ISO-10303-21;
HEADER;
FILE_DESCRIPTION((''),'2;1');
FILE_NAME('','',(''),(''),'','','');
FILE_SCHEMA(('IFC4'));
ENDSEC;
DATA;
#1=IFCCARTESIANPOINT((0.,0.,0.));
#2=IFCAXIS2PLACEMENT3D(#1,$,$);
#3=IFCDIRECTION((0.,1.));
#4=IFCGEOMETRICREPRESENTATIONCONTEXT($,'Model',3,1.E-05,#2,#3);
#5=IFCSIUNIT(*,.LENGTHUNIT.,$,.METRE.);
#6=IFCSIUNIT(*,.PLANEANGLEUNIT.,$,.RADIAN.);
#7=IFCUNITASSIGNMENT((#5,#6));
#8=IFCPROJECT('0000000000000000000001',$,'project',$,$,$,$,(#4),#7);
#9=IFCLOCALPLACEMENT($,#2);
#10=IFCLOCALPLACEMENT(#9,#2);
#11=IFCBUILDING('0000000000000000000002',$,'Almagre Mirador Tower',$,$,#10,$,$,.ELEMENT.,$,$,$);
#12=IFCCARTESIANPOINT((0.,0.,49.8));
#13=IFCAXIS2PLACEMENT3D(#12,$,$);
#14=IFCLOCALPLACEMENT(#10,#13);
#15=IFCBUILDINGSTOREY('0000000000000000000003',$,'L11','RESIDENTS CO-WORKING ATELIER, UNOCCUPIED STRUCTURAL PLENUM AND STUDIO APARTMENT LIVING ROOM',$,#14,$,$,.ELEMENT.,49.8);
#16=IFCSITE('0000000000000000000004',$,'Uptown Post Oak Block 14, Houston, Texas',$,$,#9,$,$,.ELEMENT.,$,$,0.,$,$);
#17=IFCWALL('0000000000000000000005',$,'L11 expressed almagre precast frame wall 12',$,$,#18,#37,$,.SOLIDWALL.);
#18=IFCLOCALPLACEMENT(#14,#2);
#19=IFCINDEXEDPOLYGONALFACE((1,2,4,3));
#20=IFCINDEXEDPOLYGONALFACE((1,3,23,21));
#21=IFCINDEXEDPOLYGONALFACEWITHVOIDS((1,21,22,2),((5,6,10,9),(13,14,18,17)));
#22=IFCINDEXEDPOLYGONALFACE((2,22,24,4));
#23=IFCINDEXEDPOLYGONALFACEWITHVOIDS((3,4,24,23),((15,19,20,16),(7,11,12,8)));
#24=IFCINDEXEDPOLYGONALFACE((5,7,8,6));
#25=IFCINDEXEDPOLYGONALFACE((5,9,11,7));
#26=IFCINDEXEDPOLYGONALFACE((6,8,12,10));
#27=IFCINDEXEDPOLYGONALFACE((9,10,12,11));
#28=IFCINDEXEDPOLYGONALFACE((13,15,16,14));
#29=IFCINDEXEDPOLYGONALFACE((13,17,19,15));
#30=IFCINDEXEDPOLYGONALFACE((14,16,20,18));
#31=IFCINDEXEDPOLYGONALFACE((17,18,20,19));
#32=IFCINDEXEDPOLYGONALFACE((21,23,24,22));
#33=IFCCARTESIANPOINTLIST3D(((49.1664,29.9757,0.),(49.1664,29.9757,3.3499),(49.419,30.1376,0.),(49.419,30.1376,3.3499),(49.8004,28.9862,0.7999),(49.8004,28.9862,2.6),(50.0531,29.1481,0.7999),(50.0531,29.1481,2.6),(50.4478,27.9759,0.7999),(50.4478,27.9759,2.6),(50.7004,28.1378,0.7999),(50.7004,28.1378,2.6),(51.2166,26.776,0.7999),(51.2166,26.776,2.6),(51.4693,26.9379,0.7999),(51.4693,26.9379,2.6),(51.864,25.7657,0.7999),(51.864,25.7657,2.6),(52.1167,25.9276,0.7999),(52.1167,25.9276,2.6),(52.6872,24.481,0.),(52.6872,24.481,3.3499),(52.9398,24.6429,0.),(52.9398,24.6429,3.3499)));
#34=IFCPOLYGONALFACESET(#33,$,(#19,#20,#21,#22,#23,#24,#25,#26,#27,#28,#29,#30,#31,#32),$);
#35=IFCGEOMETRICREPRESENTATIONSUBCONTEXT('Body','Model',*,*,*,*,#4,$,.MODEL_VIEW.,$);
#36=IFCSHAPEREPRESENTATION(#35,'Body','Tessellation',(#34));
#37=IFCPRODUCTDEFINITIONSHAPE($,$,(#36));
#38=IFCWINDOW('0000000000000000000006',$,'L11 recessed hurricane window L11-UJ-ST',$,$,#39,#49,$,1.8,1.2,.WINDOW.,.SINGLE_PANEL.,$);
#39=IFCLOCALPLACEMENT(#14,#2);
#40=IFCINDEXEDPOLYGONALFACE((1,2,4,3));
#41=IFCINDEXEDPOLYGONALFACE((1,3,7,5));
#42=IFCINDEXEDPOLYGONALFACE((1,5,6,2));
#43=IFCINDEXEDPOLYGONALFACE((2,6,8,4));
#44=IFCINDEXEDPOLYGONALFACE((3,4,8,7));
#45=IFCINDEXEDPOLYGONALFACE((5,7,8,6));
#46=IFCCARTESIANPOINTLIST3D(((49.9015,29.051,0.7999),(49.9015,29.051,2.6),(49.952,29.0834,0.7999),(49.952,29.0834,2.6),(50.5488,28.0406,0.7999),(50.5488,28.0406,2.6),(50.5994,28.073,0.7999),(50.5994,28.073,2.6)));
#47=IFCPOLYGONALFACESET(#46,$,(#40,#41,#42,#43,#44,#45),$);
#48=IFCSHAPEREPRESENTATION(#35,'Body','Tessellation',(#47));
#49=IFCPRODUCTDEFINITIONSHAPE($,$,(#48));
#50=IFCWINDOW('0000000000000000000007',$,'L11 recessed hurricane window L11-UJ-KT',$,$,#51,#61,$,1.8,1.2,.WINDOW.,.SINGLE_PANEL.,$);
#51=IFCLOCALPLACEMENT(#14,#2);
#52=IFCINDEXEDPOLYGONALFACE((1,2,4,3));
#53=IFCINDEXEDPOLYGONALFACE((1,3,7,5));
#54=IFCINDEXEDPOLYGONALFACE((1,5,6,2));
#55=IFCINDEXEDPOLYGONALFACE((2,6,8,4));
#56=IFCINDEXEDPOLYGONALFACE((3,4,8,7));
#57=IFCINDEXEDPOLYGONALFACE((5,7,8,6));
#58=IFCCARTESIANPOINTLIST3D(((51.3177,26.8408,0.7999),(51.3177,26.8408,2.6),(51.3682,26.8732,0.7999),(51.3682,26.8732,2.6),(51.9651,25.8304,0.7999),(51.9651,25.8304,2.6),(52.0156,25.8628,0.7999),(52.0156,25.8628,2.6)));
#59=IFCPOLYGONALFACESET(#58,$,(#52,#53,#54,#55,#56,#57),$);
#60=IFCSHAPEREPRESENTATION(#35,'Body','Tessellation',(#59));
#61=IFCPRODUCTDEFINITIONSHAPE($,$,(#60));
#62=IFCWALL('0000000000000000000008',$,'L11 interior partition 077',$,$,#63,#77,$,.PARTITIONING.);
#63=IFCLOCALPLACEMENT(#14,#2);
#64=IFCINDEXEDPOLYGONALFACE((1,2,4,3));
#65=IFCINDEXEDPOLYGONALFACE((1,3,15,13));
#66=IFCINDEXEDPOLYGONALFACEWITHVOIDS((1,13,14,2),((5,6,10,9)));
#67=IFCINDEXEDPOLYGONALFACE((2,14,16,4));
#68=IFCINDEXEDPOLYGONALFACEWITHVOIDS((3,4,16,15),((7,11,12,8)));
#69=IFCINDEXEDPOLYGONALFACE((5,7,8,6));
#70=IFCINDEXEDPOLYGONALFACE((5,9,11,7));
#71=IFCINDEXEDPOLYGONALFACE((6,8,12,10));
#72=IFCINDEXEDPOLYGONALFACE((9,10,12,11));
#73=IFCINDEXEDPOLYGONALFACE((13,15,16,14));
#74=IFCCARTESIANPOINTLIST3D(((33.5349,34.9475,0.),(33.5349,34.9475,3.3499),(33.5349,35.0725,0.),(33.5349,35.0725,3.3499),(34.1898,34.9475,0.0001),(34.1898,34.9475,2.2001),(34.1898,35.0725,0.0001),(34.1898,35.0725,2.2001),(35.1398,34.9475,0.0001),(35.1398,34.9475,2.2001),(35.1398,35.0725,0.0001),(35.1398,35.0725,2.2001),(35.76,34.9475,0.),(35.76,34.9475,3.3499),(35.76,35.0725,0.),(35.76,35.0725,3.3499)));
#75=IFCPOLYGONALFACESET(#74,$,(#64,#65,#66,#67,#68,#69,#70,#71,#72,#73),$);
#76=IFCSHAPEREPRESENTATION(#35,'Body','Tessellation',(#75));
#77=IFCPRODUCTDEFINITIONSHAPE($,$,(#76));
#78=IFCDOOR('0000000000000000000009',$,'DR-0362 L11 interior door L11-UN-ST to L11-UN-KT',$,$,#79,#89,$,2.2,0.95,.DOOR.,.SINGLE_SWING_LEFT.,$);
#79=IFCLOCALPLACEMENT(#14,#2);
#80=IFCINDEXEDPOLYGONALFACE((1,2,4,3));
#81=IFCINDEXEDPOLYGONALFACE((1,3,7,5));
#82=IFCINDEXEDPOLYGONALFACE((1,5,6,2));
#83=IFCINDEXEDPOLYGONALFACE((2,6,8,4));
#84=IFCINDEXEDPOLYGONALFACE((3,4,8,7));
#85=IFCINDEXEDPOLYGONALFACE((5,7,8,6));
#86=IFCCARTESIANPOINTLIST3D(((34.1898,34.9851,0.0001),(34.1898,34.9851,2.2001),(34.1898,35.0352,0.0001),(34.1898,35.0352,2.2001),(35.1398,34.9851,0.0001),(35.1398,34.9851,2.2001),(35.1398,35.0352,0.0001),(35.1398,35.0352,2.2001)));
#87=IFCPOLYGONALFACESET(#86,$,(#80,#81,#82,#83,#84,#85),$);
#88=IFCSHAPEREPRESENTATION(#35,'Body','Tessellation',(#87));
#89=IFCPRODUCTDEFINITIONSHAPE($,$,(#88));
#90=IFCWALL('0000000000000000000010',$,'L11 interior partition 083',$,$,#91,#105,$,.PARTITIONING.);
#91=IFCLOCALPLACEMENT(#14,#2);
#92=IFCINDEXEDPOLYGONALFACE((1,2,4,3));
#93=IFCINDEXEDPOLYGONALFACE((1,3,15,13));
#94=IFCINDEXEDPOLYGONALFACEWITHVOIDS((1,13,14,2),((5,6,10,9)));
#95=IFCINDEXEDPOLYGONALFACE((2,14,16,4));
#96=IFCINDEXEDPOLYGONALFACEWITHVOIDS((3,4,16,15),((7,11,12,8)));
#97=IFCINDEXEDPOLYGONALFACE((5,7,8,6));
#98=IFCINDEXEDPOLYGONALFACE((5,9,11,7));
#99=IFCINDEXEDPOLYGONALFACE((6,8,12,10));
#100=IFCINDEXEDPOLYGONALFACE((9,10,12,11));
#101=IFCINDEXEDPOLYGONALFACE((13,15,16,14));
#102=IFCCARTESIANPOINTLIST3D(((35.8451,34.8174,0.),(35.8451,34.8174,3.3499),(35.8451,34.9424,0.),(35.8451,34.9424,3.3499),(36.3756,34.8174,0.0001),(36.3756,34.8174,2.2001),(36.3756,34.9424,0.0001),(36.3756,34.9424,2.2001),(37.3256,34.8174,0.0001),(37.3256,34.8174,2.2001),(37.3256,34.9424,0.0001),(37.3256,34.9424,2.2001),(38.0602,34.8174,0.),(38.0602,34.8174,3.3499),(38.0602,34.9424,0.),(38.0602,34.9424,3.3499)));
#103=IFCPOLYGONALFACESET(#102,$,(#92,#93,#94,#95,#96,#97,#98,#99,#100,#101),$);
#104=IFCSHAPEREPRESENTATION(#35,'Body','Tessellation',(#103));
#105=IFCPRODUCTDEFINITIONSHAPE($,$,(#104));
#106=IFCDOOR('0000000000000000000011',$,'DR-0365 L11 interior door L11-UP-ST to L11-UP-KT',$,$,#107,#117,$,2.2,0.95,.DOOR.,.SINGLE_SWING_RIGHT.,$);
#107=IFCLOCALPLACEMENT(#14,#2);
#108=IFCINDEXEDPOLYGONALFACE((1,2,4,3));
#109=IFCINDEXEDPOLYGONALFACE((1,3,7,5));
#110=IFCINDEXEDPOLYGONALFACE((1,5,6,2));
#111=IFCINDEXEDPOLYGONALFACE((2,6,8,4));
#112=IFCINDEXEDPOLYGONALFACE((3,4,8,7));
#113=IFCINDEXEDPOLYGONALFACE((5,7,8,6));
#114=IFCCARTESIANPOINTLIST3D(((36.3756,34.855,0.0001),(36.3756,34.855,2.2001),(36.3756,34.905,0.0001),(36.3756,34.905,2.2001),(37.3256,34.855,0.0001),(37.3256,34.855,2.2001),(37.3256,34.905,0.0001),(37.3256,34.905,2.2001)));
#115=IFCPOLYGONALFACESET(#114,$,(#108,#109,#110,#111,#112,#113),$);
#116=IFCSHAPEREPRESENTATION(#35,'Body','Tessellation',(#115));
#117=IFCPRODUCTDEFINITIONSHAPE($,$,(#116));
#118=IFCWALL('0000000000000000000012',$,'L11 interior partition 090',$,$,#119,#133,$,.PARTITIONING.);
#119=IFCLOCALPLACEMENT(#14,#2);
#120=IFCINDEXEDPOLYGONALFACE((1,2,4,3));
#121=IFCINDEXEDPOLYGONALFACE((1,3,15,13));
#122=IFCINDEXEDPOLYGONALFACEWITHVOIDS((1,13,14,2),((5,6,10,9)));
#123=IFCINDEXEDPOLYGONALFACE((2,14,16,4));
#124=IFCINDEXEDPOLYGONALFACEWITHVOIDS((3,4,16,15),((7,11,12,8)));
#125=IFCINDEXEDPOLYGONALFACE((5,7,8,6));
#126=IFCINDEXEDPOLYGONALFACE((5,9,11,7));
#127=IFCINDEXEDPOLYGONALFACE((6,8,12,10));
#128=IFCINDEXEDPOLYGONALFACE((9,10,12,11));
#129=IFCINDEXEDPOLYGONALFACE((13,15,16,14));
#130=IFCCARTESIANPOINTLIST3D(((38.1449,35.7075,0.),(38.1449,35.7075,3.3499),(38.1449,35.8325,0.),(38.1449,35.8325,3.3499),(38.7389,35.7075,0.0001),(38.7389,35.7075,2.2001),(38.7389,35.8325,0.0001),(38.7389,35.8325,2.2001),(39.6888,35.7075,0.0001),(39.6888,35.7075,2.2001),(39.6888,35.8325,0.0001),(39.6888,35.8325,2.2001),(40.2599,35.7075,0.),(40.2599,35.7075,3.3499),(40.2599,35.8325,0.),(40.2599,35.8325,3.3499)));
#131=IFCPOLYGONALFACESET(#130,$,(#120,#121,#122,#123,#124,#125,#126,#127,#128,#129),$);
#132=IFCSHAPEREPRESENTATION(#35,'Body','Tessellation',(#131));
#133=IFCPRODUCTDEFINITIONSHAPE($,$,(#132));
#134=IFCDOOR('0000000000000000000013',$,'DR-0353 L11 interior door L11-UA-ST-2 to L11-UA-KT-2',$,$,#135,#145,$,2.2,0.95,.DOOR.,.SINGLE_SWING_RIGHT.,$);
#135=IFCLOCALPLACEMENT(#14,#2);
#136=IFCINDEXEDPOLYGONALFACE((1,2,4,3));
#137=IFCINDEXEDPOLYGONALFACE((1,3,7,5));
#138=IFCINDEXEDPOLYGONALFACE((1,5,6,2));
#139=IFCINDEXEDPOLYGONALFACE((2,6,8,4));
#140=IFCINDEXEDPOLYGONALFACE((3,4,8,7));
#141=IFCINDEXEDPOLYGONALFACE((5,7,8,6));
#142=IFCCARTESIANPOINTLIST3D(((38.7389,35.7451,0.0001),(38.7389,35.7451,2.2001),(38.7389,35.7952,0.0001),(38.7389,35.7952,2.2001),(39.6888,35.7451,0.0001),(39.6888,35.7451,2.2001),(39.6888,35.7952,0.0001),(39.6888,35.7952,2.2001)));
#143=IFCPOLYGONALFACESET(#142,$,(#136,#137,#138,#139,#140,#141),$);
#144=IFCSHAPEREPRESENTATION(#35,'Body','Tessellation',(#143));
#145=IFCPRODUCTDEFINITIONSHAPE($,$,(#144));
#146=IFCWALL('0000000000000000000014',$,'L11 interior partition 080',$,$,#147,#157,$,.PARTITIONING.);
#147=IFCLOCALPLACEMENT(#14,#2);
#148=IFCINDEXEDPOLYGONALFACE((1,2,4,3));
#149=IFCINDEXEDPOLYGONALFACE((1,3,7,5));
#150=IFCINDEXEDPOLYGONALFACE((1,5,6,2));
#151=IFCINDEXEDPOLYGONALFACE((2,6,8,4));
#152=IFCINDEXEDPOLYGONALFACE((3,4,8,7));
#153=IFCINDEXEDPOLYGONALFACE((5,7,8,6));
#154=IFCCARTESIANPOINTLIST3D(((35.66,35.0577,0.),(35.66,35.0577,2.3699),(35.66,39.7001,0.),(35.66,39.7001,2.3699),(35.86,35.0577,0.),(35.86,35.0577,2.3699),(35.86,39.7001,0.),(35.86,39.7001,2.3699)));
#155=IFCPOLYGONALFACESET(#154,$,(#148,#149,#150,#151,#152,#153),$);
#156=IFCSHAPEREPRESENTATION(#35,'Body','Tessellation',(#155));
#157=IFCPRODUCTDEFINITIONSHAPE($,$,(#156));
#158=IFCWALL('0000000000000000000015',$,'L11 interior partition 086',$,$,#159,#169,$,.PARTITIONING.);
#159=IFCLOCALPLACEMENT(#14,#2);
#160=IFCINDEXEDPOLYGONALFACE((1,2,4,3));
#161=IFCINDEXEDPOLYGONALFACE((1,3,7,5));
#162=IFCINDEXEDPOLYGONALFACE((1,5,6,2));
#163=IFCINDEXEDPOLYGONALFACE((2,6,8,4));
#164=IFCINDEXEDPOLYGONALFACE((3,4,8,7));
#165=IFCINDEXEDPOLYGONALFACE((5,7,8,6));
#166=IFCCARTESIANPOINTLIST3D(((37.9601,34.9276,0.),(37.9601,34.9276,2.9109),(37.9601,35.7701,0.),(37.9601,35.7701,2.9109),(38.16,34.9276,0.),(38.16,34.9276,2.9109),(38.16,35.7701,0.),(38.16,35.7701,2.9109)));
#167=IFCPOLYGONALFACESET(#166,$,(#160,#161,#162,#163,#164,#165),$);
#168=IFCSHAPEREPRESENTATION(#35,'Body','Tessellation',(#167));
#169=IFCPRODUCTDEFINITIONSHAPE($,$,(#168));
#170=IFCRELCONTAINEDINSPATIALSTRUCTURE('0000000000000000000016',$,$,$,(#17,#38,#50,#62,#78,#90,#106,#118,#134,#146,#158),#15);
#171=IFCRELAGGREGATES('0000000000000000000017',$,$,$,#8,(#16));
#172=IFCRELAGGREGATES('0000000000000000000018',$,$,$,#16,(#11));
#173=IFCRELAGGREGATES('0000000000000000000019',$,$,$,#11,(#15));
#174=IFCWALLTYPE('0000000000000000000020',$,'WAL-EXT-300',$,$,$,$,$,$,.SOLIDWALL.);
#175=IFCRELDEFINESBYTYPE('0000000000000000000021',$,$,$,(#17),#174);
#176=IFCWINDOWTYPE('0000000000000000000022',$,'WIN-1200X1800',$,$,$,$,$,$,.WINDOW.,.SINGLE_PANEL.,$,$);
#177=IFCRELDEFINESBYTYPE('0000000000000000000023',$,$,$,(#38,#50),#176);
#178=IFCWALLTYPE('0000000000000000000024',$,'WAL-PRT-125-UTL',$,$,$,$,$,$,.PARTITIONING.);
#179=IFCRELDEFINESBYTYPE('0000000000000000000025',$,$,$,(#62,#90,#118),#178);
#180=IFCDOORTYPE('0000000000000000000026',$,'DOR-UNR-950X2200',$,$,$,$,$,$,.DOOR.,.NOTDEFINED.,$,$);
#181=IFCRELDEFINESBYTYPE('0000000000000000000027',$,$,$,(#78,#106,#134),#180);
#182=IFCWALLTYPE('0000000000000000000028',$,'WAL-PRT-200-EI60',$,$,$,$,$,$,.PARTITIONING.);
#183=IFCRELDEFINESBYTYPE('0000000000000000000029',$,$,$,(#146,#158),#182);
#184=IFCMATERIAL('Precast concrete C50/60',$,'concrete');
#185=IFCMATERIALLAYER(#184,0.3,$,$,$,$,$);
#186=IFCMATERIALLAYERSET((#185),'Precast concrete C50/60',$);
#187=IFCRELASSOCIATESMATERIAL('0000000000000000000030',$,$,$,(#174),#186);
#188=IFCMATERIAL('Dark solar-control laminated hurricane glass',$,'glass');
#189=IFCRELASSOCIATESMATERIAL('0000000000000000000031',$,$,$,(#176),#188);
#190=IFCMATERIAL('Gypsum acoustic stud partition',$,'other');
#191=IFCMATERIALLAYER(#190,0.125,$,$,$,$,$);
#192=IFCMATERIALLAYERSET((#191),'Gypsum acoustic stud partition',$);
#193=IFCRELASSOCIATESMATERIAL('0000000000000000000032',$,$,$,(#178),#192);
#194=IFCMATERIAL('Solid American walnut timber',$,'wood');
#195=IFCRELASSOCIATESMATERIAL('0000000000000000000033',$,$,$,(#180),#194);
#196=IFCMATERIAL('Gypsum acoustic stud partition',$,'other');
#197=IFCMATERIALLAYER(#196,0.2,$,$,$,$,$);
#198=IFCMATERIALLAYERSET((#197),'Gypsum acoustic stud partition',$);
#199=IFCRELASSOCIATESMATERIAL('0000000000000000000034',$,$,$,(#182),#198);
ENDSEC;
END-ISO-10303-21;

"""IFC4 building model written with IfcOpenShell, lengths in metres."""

from ifc_helpers import new_model, si_unit, direction, frame, frame_2d, origin, place, context, subcontext, project, spatial, rectangle, extrude, material, layer, layer_set, type_object, element, fill, save


model = new_model("IFC4")

# Units and contexts
model_context = context("Model", 3, precision=1e-05, world=origin(), true_north=direction((0.0, 1.0)))
body_context = subcontext(model_context, "Body", "Model", "MODEL_VIEW")
ifc_project = project(units=[si_unit("LENGTHUNIT", "METRE"), si_unit("PLANEANGLEUNIT", "RADIAN")], contexts=[model_context])

# Site, building, storey
site_placement = place(None, origin())
site = spatial("IfcSite", under=ifc_project, at=site_placement, Name="Uptown Post Oak Block 14, Houston, Texas", CompositionType="ELEMENT", RefElevation=0.0)
building_placement = place(site_placement, origin())
building = spatial("IfcBuilding", under=site, at=building_placement, Name="Almagre Mirador Tower", CompositionType="ELEMENT")
storey_placement = place(building_placement, frame((0.0, 0.0, 49.8)))
storey = spatial("IfcBuildingStorey", under=building, at=storey_placement, Name="L11", Description="RESIDENTS CO-WORKING ATELIER, UNOCCUPIED STRUCTURAL PLENUM AND STUDIO APARTMENT LIVING ROOM", CompositionType="ELEMENT", Elevation=49.8)

# Wall, openings, windows
ifc_material_1 = material(Name="Precast concrete C50/60", Category="concrete")
ifc_layer_1 = layer(ifc_material_1, 0.3)
ifc_layer_set_1 = layer_set([ifc_layer_1], Name="Precast concrete C50/60")
wall_type_1 = type_object("IfcWallType", Name="WAL-EXT-300", PredefinedType="SOLIDWALL", material=ifc_layer_set_1)
ifc_material_2 = material(Name="Dark solar-control laminated hurricane glass", Category="glass")
window_type_1 = type_object("IfcWindowType", Name="WIN-1200X1800", PartitioningType="SINGLE_PANEL", PredefinedType="WINDOW", material=ifc_material_2)
wall_1_placement = place(storey_placement, frame((49.2927, 30.0566, 0.0), z_axis=(0.0, 0.0, 1.0), x_axis=(0.539509, -0.84198, 0.0)))
wall_1 = element("IfcWall", 1, at=wall_1_placement, inside=storey, type_object=wall_type_1, Name="L11 expressed almagre precast frame wall 12", PredefinedType="SOLIDWALL", context=body_context, shape_type="SweptSolid", body=[
    extrude(rectangle(XDim=6.5259, YDim=0.3, at=frame_2d((3.2629, 0.0))), origin(), (0.0, 0.0, 1.0), 3.3499),
])
opening_1_placement = place(wall_1_placement, frame((1.175, 0.0, 0.8)))
opening_1 = element("IfcOpeningElement", 2, at=opening_1_placement, cuts=wall_1, PredefinedType="OPENING", context=body_context, shape_type="SweptSolid", body=[
    extrude(rectangle(XDim=1.2, YDim=1.8, at=frame_2d((0.6001, 0.8999))), frame((0.0, 0.1599, 0.0), z_axis=(0.0, -1.0, 0.0), x_axis=(1.0, 0.0, 0.0)), (0.0, 0.0, 1.0), 0.32),
])
opening_2_placement = place(wall_1_placement, frame((3.8, 0.0, 0.8)))
opening_2 = element("IfcOpeningElement", 3, at=opening_2_placement, cuts=wall_1, PredefinedType="OPENING", context=body_context, shape_type="SweptSolid", body=[
    extrude(rectangle(XDim=1.2, YDim=1.8, at=frame_2d((0.6001, 0.8999))), frame((0.0, 0.1599, 0.0), z_axis=(0.0, -1.0, 0.0), x_axis=(1.0, 0.0, 0.0)), (0.0, 0.0, 1.0), 0.32),
])
window_1_placement = place(opening_1_placement, origin())
window_1 = element("IfcWindow", 4, at=window_1_placement, inside=storey, type_object=window_type_1, Name="L11 recessed hurricane window L11-UJ-ST", OverallHeight=1.8, OverallWidth=1.2, PartitioningType="SINGLE_PANEL", PredefinedType="WINDOW", context=body_context, shape_type="SweptSolid", body=[
    extrude(rectangle(XDim=1.2, YDim=1.8, at=frame_2d((0.6001, 0.8999))), frame((0.0, 0.03, 0.0), z_axis=(0.0, -1.0, 0.0), x_axis=(1.0, 0.0, 0.0)), (0.0, 0.0, 1.0), 0.0601),
])
fill(opening_1, window_1)
window_2_placement = place(opening_2_placement, origin())
window_2 = element("IfcWindow", 5, at=window_2_placement, inside=storey, type_object=window_type_1, Name="L11 recessed hurricane window L11-UJ-KT", OverallHeight=1.8, OverallWidth=1.2, PartitioningType="SINGLE_PANEL", PredefinedType="WINDOW", context=body_context, shape_type="SweptSolid", body=[
    extrude(rectangle(XDim=1.2, YDim=1.8, at=frame_2d((0.6001, 0.8999))), frame((0.0, 0.03, 0.0), z_axis=(0.0, -1.0, 0.0), x_axis=(1.0, 0.0, 0.0)), (0.0, 0.0, 1.0), 0.0601),
])
fill(opening_2, window_2)

# Walls, openings, doors
ifc_material_3 = material(Name="Gypsum acoustic stud partition", Category="other")
ifc_layer_2 = layer(ifc_material_3, 0.125)
ifc_layer_set_2 = layer_set([ifc_layer_2], Name="Gypsum acoustic stud partition")
wall_type_2 = type_object("IfcWallType", Name="WAL-PRT-125-UTL", PredefinedType="PARTITIONING", material=ifc_layer_set_2)
wall_2_placement = place(storey_placement, frame((35.76, 35.01, 0.0), z_axis=(0.0, 0.0, 1.0), x_axis=(-1.0, 0.0, 0.0)))
wall_2 = element("IfcWall", 6, at=wall_2_placement, inside=storey, type_object=wall_type_2, Name="L11 interior partition 077", PredefinedType="PARTITIONING", context=body_context, shape_type="SweptSolid", body=[
    extrude(rectangle(XDim=2.2251, YDim=0.125, at=frame_2d((1.1125, 0.0))), origin(), (0.0, 0.0, 1.0), 3.3499),
])
opening_3_placement = place(wall_2_placement, frame((0.6201, 0.0, 0.0)))
opening_3 = element("IfcOpeningElement", 7, at=opening_3_placement, cuts=wall_2, PredefinedType="OPENING", context=body_context, shape_type="SweptSolid", body=[
    extrude(rectangle(XDim=0.95, YDim=2.2, at=frame_2d((0.4751, 1.1001))), frame((0.0, 0.0725, 0.0), z_axis=(0.0, -1.0, 0.0), x_axis=(1.0, 0.0, 0.0)), (0.0, 0.0, 1.0), 0.145),
])
ifc_material_4 = material(Name="Solid American walnut timber", Category="wood")
door_type = type_object("IfcDoorType", Name="DOR-UNR-950X2200", OperationType="NOTDEFINED", PredefinedType="DOOR", material=ifc_material_4)
door_1_placement = place(opening_3_placement, origin())
door_1 = element("IfcDoor", 8, at=door_1_placement, inside=storey, type_object=door_type, Name="DR-0362 L11 interior door L11-UN-ST to L11-UN-KT", OperationType="SINGLE_SWING_LEFT", OverallHeight=2.2, OverallWidth=0.95, PredefinedType="DOOR", context=body_context, shape_type="SweptSolid", body=[
    extrude(rectangle(XDim=0.95, YDim=2.2, at=frame_2d((0.4751, 1.1001))), frame((0.0, 0.0249, 0.0), z_axis=(0.0, -1.0, 0.0), x_axis=(1.0, 0.0, 0.0)), (0.0, 0.0, 1.0), 0.05),
])
fill(opening_3, door_1)
wall_3_placement = place(storey_placement, frame((38.0601, 34.8799, 0.0), z_axis=(0.0, 0.0, 1.0), x_axis=(-1.0, 0.0, 0.0)))
wall_3 = element("IfcWall", 9, at=wall_3_placement, inside=storey, type_object=wall_type_2, Name="L11 interior partition 083", PredefinedType="PARTITIONING", context=body_context, shape_type="SweptSolid", body=[
    extrude(rectangle(XDim=2.2151, YDim=0.125, at=frame_2d((1.1074, 0.0))), origin(), (0.0, 0.0, 1.0), 3.3499),
])
opening_4_placement = place(wall_3_placement, frame((0.7344, 0.0, 0.0)))
opening_4 = element("IfcOpeningElement", 10, at=opening_4_placement, cuts=wall_3, PredefinedType="OPENING", context=body_context, shape_type="SweptSolid", body=[
    extrude(rectangle(XDim=0.95, YDim=2.2, at=frame_2d((0.4751, 1.1001))), frame((0.0, 0.0725, 0.0), z_axis=(0.0, -1.0, 0.0), x_axis=(1.0, 0.0, 0.0)), (0.0, 0.0, 1.0), 0.145),
])
door_2_placement = place(opening_4_placement, origin())
door_2 = element("IfcDoor", 11, at=door_2_placement, inside=storey, type_object=door_type, Name="DR-0365 L11 interior door L11-UP-ST to L11-UP-KT", OperationType="SINGLE_SWING_RIGHT", OverallHeight=2.2, OverallWidth=0.95, PredefinedType="DOOR", context=body_context, shape_type="SweptSolid", body=[
    extrude(rectangle(XDim=0.95, YDim=2.2, at=frame_2d((0.4751, 1.1001))), frame((0.0, 0.0249, 0.0), z_axis=(0.0, -1.0, 0.0), x_axis=(1.0, 0.0, 0.0)), (0.0, 0.0, 1.0), 0.05),
])
fill(opening_4, door_2)
wall_4_placement = place(storey_placement, frame((40.26, 35.77, 0.0), z_axis=(0.0, 0.0, 1.0), x_axis=(-1.0, 0.0, 0.0)))
wall_4 = element("IfcWall", 12, at=wall_4_placement, inside=storey, type_object=wall_type_2, Name="L11 interior partition 090", PredefinedType="PARTITIONING", context=body_context, shape_type="SweptSolid", body=[
    extrude(rectangle(XDim=2.115, YDim=0.125, at=frame_2d((1.0576, 0.0))), origin(), (0.0, 0.0, 1.0), 3.3499),
])
opening_5_placement = place(wall_4_placement, frame((0.571, 0.0, 0.0)))
opening_5 = element("IfcOpeningElement", 13, at=opening_5_placement, cuts=wall_4, PredefinedType="OPENING", context=body_context, shape_type="SweptSolid", body=[
    extrude(rectangle(XDim=0.95, YDim=2.2, at=frame_2d((0.4751, 1.1001))), frame((0.0, 0.0725, 0.0), z_axis=(0.0, -1.0, 0.0), x_axis=(1.0, 0.0, 0.0)), (0.0, 0.0, 1.0), 0.145),
])
door_3_placement = place(opening_5_placement, origin())
door_3 = element("IfcDoor", 14, at=door_3_placement, inside=storey, type_object=door_type, Name="DR-0353 L11 interior door L11-UA-ST-2 to L11-UA-KT-2", OperationType="SINGLE_SWING_RIGHT", OverallHeight=2.2, OverallWidth=0.95, PredefinedType="DOOR", context=body_context, shape_type="SweptSolid", body=[
    extrude(rectangle(XDim=0.95, YDim=2.2, at=frame_2d((0.4751, 1.1001))), frame((0.0, 0.0249, 0.0), z_axis=(0.0, -1.0, 0.0), x_axis=(1.0, 0.0, 0.0)), (0.0, 0.0, 1.0), 0.05),
])
fill(opening_5, door_3)

# Walls
ifc_material_5 = material(Name="Gypsum acoustic stud partition", Category="other")
ifc_layer_3 = layer(ifc_material_5, 0.2)
ifc_layer_set_3 = layer_set([ifc_layer_3], Name="Gypsum acoustic stud partition")
wall_type_3 = type_object("IfcWallType", Name="WAL-PRT-200-EI60", PredefinedType="PARTITIONING", material=ifc_layer_set_3)
wall_5_placement = place(storey_placement, frame((35.76, 35.0576, 0.0), z_axis=(0.0, 0.0, 1.0), x_axis=(0.0, 1.0, 0.0)))
element("IfcWall", 15, at=wall_5_placement, inside=storey, type_object=wall_type_3, Name="L11 interior partition 080", PredefinedType="PARTITIONING", context=body_context, shape_type="SweptSolid", body=[
    extrude(rectangle(XDim=4.6423, YDim=0.2, at=frame_2d((2.3213, 0.0))), origin(), (0.0, 0.0, 1.0), 2.3699),
])
wall_6_placement = place(storey_placement, frame((38.0601, 34.9275, 0.0), z_axis=(0.0, 0.0, 1.0), x_axis=(0.0, 1.0, 0.0)))
element("IfcWall", 16, at=wall_6_placement, inside=storey, type_object=wall_type_3, Name="L11 interior partition 086", PredefinedType="PARTITIONING", context=body_context, shape_type="SweptSolid", body=[
    extrude(rectangle(XDim=0.8425, YDim=0.2, at=frame_2d((0.4214, 0.0))), origin(), (0.0, 0.0, 1.0), 2.9109),
])

save(model, "model.ifc")
